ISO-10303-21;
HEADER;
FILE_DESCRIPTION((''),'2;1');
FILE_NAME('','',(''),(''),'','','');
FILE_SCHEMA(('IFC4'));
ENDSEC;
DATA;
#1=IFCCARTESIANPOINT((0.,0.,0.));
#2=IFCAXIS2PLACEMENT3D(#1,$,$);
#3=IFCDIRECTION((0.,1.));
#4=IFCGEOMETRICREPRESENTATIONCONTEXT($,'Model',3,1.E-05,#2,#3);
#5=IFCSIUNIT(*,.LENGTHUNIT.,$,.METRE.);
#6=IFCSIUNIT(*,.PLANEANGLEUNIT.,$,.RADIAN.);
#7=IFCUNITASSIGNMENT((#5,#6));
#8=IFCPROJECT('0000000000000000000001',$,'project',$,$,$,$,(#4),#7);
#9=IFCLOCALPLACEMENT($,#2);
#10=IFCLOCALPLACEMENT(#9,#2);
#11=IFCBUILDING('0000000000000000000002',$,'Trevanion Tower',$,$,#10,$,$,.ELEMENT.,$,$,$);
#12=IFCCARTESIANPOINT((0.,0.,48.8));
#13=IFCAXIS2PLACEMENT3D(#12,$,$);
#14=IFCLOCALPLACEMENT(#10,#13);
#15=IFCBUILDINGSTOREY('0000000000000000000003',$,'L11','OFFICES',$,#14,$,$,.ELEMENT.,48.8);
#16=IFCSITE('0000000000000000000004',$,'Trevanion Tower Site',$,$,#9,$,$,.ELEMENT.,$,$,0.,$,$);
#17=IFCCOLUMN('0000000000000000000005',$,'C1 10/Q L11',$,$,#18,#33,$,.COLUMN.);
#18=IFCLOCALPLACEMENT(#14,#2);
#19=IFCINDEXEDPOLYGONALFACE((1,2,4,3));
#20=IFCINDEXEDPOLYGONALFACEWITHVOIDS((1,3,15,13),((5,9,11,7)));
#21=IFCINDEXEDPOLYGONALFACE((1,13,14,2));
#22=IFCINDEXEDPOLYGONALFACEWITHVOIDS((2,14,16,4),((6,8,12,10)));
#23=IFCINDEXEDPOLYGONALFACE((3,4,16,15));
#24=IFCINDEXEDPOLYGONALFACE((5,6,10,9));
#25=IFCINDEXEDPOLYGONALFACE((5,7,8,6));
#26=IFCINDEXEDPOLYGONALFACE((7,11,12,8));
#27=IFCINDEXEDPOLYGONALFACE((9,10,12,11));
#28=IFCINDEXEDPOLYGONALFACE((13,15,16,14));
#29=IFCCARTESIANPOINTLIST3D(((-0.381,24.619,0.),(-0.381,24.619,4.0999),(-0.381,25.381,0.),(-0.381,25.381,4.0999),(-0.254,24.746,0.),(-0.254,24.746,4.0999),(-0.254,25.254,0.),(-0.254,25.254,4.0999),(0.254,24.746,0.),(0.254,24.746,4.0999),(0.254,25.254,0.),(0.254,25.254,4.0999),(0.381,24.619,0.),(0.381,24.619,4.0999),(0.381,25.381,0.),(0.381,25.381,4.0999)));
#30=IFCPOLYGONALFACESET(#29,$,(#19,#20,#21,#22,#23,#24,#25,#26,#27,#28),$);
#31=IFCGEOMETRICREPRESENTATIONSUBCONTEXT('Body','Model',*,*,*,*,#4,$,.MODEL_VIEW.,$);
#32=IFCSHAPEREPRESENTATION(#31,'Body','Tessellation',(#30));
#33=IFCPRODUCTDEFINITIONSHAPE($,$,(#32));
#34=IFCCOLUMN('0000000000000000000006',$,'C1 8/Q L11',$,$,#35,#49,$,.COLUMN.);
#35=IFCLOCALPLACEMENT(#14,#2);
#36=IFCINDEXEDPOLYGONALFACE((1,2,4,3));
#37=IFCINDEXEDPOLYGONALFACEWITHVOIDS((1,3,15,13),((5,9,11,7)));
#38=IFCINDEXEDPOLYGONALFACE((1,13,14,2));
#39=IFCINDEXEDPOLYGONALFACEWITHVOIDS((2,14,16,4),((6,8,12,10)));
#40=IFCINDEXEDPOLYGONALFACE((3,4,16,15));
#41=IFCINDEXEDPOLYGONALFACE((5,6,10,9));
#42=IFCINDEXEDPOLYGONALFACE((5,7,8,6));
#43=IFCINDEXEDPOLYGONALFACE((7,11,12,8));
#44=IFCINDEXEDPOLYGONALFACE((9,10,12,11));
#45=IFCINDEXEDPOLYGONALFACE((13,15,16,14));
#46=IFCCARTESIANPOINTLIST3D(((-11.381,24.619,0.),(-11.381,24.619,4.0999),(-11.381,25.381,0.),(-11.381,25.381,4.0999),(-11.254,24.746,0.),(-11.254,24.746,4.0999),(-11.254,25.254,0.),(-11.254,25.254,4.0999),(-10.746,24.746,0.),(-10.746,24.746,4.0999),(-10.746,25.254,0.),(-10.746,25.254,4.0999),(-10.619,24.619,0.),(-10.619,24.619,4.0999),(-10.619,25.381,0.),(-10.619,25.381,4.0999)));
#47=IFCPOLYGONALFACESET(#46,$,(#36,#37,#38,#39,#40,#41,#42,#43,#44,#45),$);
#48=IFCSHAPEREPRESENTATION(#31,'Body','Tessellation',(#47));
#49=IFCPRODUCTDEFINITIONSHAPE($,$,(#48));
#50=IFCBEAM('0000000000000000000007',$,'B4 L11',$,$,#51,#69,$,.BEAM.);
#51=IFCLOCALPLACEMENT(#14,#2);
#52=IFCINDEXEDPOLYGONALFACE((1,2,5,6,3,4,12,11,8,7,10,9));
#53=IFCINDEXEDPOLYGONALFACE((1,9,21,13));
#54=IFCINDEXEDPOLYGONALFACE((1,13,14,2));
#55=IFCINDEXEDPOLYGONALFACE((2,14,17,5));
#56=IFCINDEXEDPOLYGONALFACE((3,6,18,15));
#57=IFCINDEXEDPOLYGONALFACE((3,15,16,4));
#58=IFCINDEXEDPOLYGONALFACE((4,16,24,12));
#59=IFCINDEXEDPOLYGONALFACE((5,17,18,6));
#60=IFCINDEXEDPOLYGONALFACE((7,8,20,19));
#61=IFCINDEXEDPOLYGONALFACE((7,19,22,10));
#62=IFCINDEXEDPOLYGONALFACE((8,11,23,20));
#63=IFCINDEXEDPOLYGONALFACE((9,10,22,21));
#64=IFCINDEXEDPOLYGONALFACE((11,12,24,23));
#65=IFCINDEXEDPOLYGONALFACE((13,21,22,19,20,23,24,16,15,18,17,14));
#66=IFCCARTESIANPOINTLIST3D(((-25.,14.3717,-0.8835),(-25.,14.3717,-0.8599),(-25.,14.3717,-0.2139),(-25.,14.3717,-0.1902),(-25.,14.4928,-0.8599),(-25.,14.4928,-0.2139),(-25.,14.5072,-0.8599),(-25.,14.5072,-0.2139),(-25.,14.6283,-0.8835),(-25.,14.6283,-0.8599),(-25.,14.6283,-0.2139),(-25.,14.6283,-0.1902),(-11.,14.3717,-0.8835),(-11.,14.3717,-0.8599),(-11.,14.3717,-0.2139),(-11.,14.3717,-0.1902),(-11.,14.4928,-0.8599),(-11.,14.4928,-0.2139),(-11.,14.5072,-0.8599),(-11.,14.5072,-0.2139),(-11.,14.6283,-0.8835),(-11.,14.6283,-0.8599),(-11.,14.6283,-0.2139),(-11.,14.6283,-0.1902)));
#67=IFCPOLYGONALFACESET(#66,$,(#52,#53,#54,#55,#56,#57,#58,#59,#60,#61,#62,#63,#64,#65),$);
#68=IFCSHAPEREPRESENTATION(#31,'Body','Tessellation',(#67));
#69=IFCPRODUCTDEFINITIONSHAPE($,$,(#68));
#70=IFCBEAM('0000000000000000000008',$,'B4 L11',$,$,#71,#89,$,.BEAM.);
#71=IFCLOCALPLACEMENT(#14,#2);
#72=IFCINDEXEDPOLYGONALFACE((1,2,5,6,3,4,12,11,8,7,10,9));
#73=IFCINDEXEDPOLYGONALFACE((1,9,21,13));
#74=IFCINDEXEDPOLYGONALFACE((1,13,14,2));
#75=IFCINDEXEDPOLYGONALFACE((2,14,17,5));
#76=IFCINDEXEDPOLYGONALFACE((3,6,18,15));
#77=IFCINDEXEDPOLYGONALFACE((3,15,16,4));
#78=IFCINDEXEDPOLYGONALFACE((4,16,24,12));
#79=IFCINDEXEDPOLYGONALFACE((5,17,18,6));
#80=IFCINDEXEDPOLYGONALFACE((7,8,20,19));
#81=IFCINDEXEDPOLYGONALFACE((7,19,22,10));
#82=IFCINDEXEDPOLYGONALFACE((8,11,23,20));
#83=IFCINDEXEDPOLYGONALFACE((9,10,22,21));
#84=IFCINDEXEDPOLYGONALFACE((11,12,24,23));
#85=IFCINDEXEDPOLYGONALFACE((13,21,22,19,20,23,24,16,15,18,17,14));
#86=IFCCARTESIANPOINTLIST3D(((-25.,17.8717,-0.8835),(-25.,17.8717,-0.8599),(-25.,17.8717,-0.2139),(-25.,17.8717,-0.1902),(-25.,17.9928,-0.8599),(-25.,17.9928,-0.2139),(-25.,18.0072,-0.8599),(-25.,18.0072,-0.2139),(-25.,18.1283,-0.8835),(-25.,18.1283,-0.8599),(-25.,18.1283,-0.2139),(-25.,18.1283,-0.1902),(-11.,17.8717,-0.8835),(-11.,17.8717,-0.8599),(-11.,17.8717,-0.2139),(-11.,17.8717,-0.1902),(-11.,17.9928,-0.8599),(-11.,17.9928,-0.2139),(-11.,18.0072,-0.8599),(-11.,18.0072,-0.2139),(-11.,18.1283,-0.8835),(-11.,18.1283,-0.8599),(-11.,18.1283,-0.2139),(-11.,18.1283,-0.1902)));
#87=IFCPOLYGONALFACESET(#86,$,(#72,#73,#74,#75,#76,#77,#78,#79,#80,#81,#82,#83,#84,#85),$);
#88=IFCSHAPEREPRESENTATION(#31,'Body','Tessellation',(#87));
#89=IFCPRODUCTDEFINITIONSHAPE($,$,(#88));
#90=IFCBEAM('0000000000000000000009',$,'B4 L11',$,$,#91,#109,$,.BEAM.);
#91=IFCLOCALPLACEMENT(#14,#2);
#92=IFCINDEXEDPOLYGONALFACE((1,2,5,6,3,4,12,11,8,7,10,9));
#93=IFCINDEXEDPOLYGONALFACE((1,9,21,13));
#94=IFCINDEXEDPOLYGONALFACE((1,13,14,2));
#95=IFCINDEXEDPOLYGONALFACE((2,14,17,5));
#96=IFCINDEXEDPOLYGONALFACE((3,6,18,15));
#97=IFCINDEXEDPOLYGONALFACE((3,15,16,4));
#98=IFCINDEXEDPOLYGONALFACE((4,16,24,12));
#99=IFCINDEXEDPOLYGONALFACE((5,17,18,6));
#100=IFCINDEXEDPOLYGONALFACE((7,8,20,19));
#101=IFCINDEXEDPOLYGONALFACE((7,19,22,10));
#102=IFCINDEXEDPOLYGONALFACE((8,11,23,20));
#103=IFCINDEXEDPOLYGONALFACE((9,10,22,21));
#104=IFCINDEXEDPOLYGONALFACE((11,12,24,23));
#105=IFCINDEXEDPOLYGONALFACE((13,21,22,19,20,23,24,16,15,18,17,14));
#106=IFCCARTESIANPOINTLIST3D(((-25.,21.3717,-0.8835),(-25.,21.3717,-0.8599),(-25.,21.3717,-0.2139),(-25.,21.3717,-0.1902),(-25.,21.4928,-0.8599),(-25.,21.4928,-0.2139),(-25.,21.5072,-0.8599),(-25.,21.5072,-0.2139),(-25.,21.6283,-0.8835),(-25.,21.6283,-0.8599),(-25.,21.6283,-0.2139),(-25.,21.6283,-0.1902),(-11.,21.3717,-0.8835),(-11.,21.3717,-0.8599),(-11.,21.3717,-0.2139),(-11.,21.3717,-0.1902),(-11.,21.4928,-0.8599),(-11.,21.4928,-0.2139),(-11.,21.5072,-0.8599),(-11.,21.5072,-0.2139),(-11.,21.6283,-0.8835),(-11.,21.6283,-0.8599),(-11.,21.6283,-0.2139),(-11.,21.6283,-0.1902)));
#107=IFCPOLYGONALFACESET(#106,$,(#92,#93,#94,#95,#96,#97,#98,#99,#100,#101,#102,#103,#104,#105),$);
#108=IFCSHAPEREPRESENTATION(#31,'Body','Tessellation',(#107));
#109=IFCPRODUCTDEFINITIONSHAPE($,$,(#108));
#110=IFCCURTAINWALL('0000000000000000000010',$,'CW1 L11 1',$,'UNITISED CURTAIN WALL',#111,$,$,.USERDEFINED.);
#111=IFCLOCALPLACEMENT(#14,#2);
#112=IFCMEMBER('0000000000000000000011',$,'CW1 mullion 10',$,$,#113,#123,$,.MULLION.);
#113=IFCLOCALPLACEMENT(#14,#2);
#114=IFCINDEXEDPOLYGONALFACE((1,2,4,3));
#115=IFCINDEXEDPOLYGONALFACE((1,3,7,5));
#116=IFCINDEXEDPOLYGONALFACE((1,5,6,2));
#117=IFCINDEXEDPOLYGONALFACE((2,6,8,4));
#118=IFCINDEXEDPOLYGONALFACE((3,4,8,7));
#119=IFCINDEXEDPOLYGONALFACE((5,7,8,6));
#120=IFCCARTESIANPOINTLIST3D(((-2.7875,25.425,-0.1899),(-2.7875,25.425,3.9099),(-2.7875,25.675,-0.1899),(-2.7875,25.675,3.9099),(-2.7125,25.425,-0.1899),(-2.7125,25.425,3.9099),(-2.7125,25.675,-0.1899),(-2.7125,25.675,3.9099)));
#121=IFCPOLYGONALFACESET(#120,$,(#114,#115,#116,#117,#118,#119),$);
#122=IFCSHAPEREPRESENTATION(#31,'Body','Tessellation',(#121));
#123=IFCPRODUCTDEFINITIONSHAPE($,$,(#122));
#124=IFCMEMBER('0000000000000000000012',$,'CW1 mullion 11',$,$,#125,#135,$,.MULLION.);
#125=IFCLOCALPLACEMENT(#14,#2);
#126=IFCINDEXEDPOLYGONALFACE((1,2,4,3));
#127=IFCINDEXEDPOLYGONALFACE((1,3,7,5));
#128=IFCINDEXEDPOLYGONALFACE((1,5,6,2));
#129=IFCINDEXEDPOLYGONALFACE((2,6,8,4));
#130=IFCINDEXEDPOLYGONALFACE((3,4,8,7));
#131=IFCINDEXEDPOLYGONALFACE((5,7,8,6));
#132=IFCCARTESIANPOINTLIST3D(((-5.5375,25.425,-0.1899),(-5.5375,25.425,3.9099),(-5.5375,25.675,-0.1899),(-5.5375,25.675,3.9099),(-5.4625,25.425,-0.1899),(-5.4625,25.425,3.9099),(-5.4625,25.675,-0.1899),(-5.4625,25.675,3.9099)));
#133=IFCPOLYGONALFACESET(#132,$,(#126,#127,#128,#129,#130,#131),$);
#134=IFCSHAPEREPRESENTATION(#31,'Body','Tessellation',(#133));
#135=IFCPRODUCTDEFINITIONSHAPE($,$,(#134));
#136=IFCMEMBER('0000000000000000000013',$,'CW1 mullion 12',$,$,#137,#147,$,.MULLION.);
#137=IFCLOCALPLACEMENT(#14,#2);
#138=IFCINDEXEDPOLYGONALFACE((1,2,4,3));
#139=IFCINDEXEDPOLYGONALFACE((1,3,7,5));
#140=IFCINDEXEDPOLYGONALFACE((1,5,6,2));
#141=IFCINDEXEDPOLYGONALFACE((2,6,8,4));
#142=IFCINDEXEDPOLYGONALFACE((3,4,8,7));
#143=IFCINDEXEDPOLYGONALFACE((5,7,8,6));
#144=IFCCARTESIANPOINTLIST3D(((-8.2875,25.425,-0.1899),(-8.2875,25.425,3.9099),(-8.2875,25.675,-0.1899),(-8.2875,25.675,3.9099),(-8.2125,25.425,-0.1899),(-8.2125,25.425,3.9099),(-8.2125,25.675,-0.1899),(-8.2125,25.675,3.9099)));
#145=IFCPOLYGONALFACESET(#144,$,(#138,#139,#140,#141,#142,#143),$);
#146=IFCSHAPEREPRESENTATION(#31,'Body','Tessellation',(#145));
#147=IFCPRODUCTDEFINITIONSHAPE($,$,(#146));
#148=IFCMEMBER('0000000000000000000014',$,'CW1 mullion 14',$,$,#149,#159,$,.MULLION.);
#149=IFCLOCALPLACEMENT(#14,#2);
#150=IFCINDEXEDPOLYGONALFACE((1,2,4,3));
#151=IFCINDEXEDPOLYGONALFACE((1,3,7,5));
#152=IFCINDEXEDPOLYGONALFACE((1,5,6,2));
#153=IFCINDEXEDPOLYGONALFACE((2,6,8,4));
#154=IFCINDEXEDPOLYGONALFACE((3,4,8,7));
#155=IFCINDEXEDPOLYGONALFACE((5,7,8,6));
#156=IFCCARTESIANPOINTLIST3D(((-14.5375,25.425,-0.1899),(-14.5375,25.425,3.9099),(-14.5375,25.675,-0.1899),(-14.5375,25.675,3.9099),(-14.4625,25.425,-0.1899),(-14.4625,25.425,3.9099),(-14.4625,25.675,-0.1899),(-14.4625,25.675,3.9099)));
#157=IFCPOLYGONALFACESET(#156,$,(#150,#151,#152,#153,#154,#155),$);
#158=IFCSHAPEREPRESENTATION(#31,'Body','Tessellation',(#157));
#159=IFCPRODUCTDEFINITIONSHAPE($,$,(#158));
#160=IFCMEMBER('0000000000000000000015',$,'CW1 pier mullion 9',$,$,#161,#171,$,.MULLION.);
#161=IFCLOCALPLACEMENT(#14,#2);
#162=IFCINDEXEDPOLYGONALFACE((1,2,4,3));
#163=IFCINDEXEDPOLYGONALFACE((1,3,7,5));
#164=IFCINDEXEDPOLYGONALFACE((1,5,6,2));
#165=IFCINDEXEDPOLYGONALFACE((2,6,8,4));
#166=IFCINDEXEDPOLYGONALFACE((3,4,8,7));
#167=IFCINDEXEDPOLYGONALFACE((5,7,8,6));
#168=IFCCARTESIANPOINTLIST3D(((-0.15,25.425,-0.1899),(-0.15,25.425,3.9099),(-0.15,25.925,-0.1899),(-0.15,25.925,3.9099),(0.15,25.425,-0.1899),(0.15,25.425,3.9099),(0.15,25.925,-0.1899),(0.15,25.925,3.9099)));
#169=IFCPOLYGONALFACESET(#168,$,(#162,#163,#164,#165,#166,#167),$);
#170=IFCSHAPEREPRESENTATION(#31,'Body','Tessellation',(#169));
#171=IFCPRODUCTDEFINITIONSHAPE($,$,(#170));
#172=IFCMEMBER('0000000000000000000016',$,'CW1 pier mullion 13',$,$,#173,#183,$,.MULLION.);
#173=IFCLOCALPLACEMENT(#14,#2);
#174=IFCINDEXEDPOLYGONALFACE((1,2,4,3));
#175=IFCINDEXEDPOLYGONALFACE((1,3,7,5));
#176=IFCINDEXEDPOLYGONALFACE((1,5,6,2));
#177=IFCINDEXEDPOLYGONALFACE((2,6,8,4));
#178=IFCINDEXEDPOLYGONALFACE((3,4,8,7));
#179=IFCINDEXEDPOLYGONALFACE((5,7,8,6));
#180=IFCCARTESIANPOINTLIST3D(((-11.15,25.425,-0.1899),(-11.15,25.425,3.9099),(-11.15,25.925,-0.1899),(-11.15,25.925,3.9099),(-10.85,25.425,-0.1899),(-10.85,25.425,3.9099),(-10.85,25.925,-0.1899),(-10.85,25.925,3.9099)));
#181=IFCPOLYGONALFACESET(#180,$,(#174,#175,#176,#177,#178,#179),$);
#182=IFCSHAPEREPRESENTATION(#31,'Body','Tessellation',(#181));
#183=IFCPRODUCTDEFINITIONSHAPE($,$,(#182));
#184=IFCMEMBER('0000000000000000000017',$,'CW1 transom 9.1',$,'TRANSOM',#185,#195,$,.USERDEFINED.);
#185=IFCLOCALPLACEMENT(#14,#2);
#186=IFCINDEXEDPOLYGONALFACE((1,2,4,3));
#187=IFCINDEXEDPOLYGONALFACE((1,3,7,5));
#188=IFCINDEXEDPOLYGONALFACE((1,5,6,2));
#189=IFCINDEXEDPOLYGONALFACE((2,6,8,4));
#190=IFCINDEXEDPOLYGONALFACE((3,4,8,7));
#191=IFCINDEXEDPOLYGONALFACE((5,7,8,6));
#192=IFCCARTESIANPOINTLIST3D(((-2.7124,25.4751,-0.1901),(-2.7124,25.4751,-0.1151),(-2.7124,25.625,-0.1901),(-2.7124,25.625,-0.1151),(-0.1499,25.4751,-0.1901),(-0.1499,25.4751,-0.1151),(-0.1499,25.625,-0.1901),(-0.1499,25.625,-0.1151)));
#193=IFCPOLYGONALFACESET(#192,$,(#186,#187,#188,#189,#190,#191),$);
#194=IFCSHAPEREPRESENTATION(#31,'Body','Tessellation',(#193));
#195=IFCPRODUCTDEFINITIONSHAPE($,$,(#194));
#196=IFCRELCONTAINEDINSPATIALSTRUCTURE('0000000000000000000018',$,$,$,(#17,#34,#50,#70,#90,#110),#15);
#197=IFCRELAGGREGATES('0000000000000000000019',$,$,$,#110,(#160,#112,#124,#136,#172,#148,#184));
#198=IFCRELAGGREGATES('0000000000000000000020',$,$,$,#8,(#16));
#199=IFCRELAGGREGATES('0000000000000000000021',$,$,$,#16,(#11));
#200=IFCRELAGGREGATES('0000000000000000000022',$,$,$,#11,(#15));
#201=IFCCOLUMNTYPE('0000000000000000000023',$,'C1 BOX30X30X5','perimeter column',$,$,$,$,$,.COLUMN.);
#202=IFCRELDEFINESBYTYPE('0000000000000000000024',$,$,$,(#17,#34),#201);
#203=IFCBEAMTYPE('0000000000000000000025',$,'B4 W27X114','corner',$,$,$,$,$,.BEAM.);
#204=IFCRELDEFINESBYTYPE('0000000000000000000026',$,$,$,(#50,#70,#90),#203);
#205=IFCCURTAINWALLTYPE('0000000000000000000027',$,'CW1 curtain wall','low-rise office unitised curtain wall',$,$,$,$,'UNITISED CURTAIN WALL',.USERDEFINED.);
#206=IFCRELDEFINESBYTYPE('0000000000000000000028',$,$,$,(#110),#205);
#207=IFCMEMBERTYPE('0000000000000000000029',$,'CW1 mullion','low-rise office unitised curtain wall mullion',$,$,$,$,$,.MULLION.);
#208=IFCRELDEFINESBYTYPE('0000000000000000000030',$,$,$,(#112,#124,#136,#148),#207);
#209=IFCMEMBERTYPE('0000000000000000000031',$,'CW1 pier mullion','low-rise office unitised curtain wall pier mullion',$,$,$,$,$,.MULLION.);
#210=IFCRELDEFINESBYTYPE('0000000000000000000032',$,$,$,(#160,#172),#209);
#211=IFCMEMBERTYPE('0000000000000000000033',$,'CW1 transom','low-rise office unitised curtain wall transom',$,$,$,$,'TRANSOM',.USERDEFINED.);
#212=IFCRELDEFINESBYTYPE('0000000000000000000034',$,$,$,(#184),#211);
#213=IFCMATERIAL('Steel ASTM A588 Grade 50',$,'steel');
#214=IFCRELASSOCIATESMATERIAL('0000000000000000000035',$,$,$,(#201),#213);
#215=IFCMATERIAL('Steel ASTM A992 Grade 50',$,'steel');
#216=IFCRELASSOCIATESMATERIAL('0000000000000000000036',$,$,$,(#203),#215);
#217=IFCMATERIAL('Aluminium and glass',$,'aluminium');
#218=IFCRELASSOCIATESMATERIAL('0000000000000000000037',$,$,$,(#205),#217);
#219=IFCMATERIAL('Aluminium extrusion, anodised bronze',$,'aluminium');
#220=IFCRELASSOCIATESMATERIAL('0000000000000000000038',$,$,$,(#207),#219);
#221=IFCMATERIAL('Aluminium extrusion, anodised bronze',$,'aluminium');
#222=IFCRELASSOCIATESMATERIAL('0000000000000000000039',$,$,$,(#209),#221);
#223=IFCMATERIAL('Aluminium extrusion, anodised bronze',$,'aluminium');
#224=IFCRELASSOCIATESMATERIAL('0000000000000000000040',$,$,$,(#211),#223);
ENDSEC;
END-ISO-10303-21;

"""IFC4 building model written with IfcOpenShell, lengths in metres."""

from ifc_helpers import new_model, si_unit, direction, frame, origin, origin_2d, place, context, subcontext, project, spatial, rectangle, hollow_rectangle, i_section, extrude, material, material_profile, profile_set, type_object, element, aggregate, save


model = new_model("IFC4")

# Units and contexts
model_context = context("Model", 3, precision=1e-05, world=origin(), true_north=direction((0.0, 1.0)))
body_context = subcontext(model_context, "Body", "Model", "MODEL_VIEW")
ifc_project = project(units=[si_unit("LENGTHUNIT", "METRE"), si_unit("PLANEANGLEUNIT", "RADIAN")], contexts=[model_context])

# Site, building, storey
site_placement = place(None, origin())
site = spatial("IfcSite", under=ifc_project, at=site_placement, Name="Trevanion Tower Site", CompositionType="ELEMENT", RefElevation=0.0)
building_placement = place(site_placement, origin())
building = spatial("IfcBuilding", under=site, at=building_placement, Name="Trevanion Tower", CompositionType="ELEMENT")
storey_placement = place(building_placement, frame((0.0, 0.0, 48.8)))
storey = spatial("IfcBuildingStorey", under=building, at=storey_placement, Name="L11", Description="OFFICES", CompositionType="ELEMENT", Elevation=48.8)

# Columns
ifc_material_1 = material(Name="Steel ASTM A588 Grade 50", Category="steel")
ifc_material_profile_1 = material_profile(ifc_material_1, hollow_rectangle(XDim=0.762, YDim=0.762, WallThickness=0.127, at=origin_2d()), Name="BOX30X30X5")
ifc_profile_set_1 = profile_set([ifc_material_profile_1], Name="Steel ASTM A588 Grade 50")
column_type = type_object("IfcColumnType", Name="C1 BOX30X30X5", Description="perimeter column", PredefinedType="COLUMN", material=ifc_profile_set_1)
for number, where, z_axis, x_axis, name in (
    (1, (0.0, 25.0, 0.0), (0.0, 0.0, 1.0), (1.0, 0.0, 0.0), "C1 10/Q L11"),
    (2, (-11.0, 25.0, 0.0), (0.0, 0.0, 1.0), (1.0, 0.0, 0.0), "C1 8/Q L11"),
):
    element("IfcColumn", number, at=place(storey_placement, frame(where, z_axis=z_axis, x_axis=x_axis)), inside=storey, type_object=column_type, Name=name, PredefinedType="COLUMN", context=body_context, shape_type="SweptSolid", body=[
        extrude(hollow_rectangle(XDim=0.762, YDim=0.762, WallThickness=0.127, at=origin_2d()), origin(), (0.0, 0.0, 1.0), 4.0999),
    ])

# Beams
ifc_material_2 = material(Name="Steel ASTM A992 Grade 50", Category="steel")
ifc_material_profile_2 = material_profile(ifc_material_2, i_section(OverallWidth=0.2566, OverallDepth=0.6934, WebThickness=0.0144, FlangeThickness=0.0237, at=origin_2d()), Name="W27X114")
ifc_profile_set_2 = profile_set([ifc_material_profile_2], Name="Steel ASTM A992 Grade 50")
beam_type_1 = type_object("IfcBeamType", Name="B4 W27X114", Description="corner", PredefinedType="BEAM", material=ifc_profile_set_2)
for number, where, z_axis, x_axis, name in (
    (3, (-11.0, 14.5, -0.5369), (-1.0, 0.0, 0.0), (0.0, -1.0, 0.0), "B4 L11"),
    (4, (-11.0, 18.0, -0.5369), (-1.0, 0.0, 0.0), (0.0, -1.0, 0.0), "B4 L11"),
    (5, (-11.0, 21.5, -0.5369), (-1.0, 0.0, 0.0), (0.0, -1.0, 0.0), "B4 L11"),
):
    element("IfcBeam", number, at=place(storey_placement, frame(where, z_axis=z_axis, x_axis=x_axis)), inside=storey, type_object=beam_type_1, Name=name, PredefinedType="BEAM", context=body_context, shape_type="SweptSolid", body=[
        extrude(i_section(OverallWidth=0.2566, OverallDepth=0.6934, WebThickness=0.0144, FlangeThickness=0.0237, at=origin_2d()), origin(), (0.0, 0.0, 1.0), 14.0),
    ])

# Curtain wall, members
ifc_material_3 = material(Name="Aluminium and glass", Category="aluminium")
curtain_wall_type = type_object("IfcCurtainWallType", Name="CW1 curtain wall", Description="low-rise office unitised curtain wall", ElementType="UNITISED CURTAIN WALL", PredefinedType="USERDEFINED", material=ifc_material_3)
curtain_wall_placement = place(storey_placement, origin())
curtain_wall = element("IfcCurtainWall", 6, at=curtain_wall_placement, inside=storey, type_object=curtain_wall_type, Name="CW1 L11 1", ObjectType="UNITISED CURTAIN WALL", PredefinedType="USERDEFINED")
ifc_material_4 = material(Name="Aluminium extrusion, anodised bronze", Category="aluminium")
ifc_material_profile_3 = material_profile(ifc_material_4, rectangle(XDim=0.075, YDim=0.25, at=origin_2d()), Name="CW1 mullion")
ifc_profile_set_3 = profile_set([ifc_material_profile_3], Name="Aluminium extrusion, anodised bronze")
member_type_1 = type_object("IfcMemberType", Name="CW1 mullion", Description="low-rise office unitised curtain wall mullion", PredefinedType="MULLION", material=ifc_profile_set_3)
member_1_placement = place(storey_placement, frame((-2.75, 25.55, -0.1899), z_axis=(0.0, 0.0, 1.0), x_axis=(-1.0, 0.0, 0.0)))
member_1 = element("IfcMember", 7, at=member_1_placement, type_object=member_type_1, Name="CW1 mullion 10", PredefinedType="MULLION", context=body_context, shape_type="SweptSolid", body=[
    extrude(rectangle(XDim=0.075, YDim=0.25, at=origin_2d()), origin(), (0.0, 0.0, 1.0), 4.0999),
])
member_2_placement = place(storey_placement, frame((-5.5, 25.55, -0.1899), z_axis=(0.0, 0.0, 1.0), x_axis=(-1.0, 0.0, 0.0)))
member_2 = element("IfcMember", 8, at=member_2_placement, type_object=member_type_1, Name="CW1 mullion 11", PredefinedType="MULLION", context=body_context, shape_type="SweptSolid", body=[
    extrude(rectangle(XDim=0.075, YDim=0.25, at=origin_2d()), origin(), (0.0, 0.0, 1.0), 4.0999),
])
member_3_placement = place(storey_placement, frame((-8.25, 25.55, -0.1899), z_axis=(0.0, 0.0, 1.0), x_axis=(-1.0, 0.0, 0.0)))
member_3 = element("IfcMember", 9, at=member_3_placement, type_object=member_type_1, Name="CW1 mullion 12", PredefinedType="MULLION", context=body_context, shape_type="SweptSolid", body=[
    extrude(rectangle(XDim=0.075, YDim=0.25, at=origin_2d()), origin(), (0.0, 0.0, 1.0), 4.0999),
])
member_4_placement = place(storey_placement, frame((-14.5, 25.55, -0.1899), z_axis=(0.0, 0.0, 1.0), x_axis=(-1.0, 0.0, 0.0)))
member_4 = element("IfcMember", 10, at=member_4_placement, type_object=member_type_1, Name="CW1 mullion 14", PredefinedType="MULLION", context=body_context, shape_type="SweptSolid", body=[
    extrude(rectangle(XDim=0.075, YDim=0.25, at=origin_2d()), origin(), (0.0, 0.0, 1.0), 4.0999),
])
ifc_material_5 = material(Name="Aluminium extrusion, anodised bronze", Category="aluminium")
ifc_material_profile_4 = material_profile(ifc_material_5, rectangle(XDim=0.3, YDim=0.5, at=origin_2d()), Name="CW1 pier mullion")
ifc_profile_set_4 = profile_set([ifc_material_profile_4], Name="Aluminium extrusion, anodised bronze")
member_type_2 = type_object("IfcMemberType", Name="CW1 pier mullion", Description="low-rise office unitised curtain wall pier mullion", PredefinedType="MULLION", material=ifc_profile_set_4)
member_5_placement = place(storey_placement, frame((0.0, 25.675, -0.1899), z_axis=(0.0, 0.0, 1.0), x_axis=(-1.0, 0.0, 0.0)))
member_5 = element("IfcMember", 11, at=member_5_placement, type_object=member_type_2, Name="CW1 pier mullion 9", PredefinedType="MULLION", context=body_context, shape_type="SweptSolid", body=[
    extrude(rectangle(XDim=0.3, YDim=0.5, at=origin_2d()), origin(), (0.0, 0.0, 1.0), 4.0999),
])
member_6_placement = place(storey_placement, frame((-11.0, 25.675, -0.1899), z_axis=(0.0, 0.0, 1.0), x_axis=(-1.0, 0.0, 0.0)))
member_6 = element("IfcMember", 12, at=member_6_placement, type_object=member_type_2, Name="CW1 pier mullion 13", PredefinedType="MULLION", context=body_context, shape_type="SweptSolid", body=[
    extrude(rectangle(XDim=0.3, YDim=0.5, at=origin_2d()), origin(), (0.0, 0.0, 1.0), 4.0999),
])
ifc_material_6 = material(Name="Aluminium extrusion, anodised bronze", Category="aluminium")
ifc_material_profile_5 = material_profile(ifc_material_6, rectangle(XDim=0.1499, YDim=0.075, at=origin_2d()), Name="CW1 transom")
ifc_profile_set_5 = profile_set([ifc_material_profile_5], Name="Aluminium extrusion, anodised bronze")
member_type_3 = type_object("IfcMemberType", Name="CW1 transom", Description="low-rise office unitised curtain wall transom", ElementType="TRANSOM", PredefinedType="USERDEFINED", material=ifc_profile_set_5)
member_7_placement = place(storey_placement, frame((-0.1499, 25.55, -0.1526), z_axis=(-1.0, 0.0, 0.0), x_axis=(0.0, -1.0, 0.0)))
member_7 = element("IfcMember", 13, at=member_7_placement, type_object=member_type_3, Name="CW1 transom 9.1", ObjectType="TRANSOM", PredefinedType="USERDEFINED", context=body_context, shape_type="SweptSolid", body=[
    extrude(rectangle(XDim=0.1499, YDim=0.075, at=origin_2d()), origin(), (0.0, 0.0, 1.0), 2.5625),
])

aggregate(curtain_wall, [member_5, member_1, member_2, member_3, member_6, member_4, member_7])

save(model, "model.ifc")
